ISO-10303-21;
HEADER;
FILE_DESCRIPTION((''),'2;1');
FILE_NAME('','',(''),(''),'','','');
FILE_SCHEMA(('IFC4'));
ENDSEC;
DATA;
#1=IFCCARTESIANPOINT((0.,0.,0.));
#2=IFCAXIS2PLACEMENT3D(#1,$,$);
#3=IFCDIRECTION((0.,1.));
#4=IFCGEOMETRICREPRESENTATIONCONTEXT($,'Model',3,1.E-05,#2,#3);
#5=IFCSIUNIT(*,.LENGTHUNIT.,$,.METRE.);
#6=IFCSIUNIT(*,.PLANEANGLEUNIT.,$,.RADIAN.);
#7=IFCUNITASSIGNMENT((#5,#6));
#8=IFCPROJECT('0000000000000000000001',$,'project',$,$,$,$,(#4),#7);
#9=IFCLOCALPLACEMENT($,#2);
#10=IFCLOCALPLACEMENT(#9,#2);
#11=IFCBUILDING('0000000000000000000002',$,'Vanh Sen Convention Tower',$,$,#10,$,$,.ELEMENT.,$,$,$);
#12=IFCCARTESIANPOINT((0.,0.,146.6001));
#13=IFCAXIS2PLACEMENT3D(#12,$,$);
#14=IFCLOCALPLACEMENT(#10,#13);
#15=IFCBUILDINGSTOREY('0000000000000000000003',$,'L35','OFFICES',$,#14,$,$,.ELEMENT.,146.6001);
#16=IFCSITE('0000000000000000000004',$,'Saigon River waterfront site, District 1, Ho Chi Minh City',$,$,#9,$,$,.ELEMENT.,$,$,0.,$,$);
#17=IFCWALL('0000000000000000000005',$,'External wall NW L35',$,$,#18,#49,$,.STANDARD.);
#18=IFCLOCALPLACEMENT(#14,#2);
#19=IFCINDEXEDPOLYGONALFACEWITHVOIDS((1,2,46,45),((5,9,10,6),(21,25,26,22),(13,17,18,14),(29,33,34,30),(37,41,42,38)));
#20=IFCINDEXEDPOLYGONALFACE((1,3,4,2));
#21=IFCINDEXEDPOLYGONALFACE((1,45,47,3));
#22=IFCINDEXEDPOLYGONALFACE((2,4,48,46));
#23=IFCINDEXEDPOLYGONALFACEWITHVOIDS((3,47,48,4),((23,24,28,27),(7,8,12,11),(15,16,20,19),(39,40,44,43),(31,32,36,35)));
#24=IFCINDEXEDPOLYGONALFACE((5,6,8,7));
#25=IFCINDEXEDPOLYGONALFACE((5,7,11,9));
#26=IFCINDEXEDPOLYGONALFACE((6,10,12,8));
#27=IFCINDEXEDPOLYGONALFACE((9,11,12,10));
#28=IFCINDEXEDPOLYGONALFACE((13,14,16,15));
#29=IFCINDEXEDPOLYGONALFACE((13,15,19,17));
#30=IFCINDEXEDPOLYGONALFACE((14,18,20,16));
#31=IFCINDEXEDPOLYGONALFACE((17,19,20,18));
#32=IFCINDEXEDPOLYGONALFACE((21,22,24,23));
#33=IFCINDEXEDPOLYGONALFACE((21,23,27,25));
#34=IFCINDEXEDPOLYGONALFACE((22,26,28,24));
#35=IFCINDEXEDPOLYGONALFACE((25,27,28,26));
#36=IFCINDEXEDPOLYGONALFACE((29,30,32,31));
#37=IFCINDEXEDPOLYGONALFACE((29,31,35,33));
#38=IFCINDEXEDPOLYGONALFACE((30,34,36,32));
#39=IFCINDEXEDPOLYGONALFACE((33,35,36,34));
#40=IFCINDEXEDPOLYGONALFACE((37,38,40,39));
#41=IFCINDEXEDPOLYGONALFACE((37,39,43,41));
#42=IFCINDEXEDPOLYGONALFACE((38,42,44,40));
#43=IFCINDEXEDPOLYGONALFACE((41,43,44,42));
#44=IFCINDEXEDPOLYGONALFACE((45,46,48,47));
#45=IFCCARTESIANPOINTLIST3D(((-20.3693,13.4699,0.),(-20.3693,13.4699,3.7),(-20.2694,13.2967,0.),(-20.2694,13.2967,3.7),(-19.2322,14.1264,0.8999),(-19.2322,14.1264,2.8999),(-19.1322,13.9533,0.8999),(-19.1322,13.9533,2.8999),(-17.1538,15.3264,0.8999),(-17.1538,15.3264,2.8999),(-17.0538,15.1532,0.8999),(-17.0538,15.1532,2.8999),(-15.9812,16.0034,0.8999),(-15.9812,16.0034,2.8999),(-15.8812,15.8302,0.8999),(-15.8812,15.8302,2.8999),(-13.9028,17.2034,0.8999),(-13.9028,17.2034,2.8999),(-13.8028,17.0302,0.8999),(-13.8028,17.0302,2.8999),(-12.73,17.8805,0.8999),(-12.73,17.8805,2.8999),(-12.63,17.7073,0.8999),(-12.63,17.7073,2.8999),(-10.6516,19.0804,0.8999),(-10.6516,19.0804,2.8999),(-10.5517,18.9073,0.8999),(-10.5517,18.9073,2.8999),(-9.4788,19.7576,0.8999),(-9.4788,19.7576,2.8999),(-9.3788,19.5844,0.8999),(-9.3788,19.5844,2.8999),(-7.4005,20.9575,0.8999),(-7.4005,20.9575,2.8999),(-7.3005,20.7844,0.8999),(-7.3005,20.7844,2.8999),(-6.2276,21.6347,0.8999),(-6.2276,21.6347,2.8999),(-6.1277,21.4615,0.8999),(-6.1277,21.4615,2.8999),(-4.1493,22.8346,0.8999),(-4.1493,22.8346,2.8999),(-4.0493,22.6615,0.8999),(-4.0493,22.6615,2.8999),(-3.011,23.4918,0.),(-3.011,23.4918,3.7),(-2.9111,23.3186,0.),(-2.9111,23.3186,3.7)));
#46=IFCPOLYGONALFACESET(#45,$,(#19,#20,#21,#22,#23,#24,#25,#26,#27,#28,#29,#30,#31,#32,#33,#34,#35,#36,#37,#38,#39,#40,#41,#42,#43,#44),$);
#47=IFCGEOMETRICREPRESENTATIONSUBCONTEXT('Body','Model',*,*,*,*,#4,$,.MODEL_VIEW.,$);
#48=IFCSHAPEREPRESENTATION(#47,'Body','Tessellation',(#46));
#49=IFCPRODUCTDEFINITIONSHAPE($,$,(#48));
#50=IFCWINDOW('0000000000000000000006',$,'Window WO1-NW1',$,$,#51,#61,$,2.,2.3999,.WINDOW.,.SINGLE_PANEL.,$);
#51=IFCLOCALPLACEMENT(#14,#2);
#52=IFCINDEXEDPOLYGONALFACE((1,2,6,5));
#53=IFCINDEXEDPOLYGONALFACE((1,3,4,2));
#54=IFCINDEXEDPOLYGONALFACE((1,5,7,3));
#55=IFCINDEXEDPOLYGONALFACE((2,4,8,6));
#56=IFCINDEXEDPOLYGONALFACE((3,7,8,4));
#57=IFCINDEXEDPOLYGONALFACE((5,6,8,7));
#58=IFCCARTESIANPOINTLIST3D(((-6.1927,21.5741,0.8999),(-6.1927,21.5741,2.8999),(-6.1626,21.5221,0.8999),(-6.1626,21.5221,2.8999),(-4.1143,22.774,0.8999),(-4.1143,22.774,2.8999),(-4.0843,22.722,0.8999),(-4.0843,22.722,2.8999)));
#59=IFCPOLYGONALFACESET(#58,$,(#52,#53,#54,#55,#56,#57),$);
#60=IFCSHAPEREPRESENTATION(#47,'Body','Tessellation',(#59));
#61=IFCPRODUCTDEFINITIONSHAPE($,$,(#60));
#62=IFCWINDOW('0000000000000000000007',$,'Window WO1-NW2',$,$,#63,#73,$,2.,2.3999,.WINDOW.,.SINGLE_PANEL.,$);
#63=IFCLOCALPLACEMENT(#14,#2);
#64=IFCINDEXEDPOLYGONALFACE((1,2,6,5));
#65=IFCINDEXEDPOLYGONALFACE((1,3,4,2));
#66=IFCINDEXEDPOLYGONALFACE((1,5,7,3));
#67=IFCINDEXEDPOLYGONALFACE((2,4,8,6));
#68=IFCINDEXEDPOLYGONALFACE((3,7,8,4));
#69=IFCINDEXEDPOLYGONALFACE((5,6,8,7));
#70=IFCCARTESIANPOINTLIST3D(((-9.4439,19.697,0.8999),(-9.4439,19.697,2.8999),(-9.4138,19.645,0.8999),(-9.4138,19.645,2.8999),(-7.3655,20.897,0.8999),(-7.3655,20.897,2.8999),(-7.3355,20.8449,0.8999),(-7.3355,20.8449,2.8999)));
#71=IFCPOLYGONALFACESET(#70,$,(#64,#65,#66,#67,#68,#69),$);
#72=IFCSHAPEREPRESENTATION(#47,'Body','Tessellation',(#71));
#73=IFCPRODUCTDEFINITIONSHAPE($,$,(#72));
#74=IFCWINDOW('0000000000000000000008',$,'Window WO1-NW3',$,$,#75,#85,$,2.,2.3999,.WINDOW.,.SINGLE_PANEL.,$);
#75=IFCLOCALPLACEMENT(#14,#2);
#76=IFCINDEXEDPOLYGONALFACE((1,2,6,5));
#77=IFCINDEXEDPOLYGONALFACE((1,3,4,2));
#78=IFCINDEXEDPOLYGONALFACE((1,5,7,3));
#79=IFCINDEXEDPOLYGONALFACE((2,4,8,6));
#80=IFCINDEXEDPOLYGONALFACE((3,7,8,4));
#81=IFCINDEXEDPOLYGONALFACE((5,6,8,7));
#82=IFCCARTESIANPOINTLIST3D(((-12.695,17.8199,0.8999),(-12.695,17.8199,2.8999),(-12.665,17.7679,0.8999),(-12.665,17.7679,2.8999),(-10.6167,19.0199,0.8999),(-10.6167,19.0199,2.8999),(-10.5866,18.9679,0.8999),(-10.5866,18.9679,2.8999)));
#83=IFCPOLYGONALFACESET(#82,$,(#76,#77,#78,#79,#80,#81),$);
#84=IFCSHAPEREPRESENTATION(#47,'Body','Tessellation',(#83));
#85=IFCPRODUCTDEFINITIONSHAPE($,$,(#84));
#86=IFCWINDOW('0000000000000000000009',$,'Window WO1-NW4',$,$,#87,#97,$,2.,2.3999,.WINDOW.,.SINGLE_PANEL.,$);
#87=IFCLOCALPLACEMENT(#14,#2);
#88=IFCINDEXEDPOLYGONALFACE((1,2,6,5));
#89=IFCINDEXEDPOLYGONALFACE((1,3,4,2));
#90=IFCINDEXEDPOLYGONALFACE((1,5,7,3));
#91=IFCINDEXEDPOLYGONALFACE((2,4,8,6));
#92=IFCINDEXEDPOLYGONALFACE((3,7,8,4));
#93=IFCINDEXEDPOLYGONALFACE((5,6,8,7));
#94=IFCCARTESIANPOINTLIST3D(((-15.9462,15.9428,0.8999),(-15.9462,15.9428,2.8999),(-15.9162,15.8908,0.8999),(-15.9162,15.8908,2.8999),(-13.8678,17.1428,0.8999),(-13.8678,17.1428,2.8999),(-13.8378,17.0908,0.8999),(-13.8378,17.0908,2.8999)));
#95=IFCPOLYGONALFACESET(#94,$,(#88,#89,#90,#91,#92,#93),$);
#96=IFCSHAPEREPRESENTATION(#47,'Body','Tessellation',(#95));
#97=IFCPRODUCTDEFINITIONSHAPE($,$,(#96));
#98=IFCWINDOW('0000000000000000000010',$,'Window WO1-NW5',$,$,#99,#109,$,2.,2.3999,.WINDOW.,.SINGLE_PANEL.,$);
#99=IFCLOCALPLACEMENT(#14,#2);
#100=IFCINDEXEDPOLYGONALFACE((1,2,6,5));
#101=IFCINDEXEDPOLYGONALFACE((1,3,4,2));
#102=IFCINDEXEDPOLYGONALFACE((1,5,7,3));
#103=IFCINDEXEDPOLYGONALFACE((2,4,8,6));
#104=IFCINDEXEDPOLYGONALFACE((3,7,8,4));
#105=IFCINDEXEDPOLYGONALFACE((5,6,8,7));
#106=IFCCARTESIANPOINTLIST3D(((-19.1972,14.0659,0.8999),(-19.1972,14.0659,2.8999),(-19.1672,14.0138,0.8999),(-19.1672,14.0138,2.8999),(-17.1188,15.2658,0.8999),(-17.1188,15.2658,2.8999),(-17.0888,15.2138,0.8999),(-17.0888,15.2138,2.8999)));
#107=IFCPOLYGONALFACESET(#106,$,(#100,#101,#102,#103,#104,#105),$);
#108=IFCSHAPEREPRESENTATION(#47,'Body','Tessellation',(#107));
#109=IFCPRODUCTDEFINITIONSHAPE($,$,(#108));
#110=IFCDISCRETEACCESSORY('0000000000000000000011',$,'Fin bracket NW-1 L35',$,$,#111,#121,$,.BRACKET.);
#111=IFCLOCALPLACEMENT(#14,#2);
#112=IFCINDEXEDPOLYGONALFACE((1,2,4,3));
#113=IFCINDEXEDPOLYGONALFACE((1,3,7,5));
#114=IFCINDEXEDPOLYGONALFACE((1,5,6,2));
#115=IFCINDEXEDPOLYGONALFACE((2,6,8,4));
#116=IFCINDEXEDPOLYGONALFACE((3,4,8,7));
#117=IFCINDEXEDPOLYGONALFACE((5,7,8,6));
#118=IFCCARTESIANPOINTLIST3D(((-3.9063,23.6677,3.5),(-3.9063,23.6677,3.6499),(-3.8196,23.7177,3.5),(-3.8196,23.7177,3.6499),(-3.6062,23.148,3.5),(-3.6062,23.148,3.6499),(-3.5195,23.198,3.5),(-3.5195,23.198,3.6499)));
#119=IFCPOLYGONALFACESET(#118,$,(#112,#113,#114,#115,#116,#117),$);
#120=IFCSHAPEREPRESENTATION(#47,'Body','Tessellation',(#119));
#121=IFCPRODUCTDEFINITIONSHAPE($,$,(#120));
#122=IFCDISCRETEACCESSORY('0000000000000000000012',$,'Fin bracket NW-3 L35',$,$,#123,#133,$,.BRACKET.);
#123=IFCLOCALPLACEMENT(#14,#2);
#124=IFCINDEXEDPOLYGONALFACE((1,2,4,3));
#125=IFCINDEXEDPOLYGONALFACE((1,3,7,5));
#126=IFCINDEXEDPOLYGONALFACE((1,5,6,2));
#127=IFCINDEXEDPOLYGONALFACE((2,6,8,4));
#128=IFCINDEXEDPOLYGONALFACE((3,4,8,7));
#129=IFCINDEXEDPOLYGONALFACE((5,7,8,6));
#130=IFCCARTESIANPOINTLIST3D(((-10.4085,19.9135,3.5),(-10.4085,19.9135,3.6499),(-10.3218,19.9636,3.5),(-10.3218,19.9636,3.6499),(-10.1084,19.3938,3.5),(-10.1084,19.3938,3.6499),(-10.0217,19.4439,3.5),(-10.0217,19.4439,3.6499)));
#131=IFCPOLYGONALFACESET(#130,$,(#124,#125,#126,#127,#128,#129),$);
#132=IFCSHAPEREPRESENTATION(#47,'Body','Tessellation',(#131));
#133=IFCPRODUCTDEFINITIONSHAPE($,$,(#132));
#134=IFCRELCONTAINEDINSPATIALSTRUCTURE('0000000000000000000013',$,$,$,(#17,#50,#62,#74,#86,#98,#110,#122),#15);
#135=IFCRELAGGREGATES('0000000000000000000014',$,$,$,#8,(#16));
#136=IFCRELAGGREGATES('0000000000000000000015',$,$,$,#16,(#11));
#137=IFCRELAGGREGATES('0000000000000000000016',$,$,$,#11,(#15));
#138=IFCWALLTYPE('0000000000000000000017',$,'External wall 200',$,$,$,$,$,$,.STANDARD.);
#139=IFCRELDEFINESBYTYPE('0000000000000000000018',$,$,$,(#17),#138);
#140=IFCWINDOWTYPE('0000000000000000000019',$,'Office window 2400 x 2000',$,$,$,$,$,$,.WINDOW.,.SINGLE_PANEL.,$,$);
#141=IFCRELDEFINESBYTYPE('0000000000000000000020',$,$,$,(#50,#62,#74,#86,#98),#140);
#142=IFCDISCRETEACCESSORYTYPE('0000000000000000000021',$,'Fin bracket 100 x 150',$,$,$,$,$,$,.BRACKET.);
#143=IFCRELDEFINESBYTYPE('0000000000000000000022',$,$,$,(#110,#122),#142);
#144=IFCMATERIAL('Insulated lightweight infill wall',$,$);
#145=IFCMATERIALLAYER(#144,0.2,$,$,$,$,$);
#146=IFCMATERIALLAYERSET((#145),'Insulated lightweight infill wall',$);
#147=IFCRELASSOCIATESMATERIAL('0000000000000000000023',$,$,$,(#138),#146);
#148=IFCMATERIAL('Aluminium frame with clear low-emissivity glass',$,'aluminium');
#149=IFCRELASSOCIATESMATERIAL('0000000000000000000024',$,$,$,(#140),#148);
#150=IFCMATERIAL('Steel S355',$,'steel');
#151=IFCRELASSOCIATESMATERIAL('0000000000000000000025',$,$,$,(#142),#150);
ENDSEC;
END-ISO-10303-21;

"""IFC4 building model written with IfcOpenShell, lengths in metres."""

from ifc_helpers import new_model, si_unit, direction, frame, frame_2d, origin, origin_2d, place, context, subcontext, project, spatial, rectangle, extrude, material, layer, layer_set, type_object, element, fill, save


model = new_model("IFC4")

# Units and contexts
model_context = context("Model", 3, precision=1e-05, world=origin(), true_north=direction((0.0, 1.0)))
body_context = subcontext(model_context, "Body", "Model", "MODEL_VIEW")
ifc_project = project(units=[si_unit("LENGTHUNIT", "METRE"), si_unit("PLANEANGLEUNIT", "RADIAN")], contexts=[model_context])

# Site, building, storey
site_placement = place(None, origin())
site = spatial("IfcSite", under=ifc_project, at=site_placement, Name="Saigon River waterfront site, District 1, Ho Chi Minh City", CompositionType="ELEMENT", RefElevation=0.0)
building_placement = place(site_placement, origin())
building = spatial("IfcBuilding", under=site, at=building_placement, Name="Vanh Sen Convention Tower", CompositionType="ELEMENT")
storey_placement = place(building_placement, frame((0.0, 0.0, 146.6001)))
storey = spatial("IfcBuildingStorey", under=building, at=storey_placement, Name="L35", Description="OFFICES", CompositionType="ELEMENT", Elevation=146.6001)

# Wall, openings, windows
ifc_material_1 = material(Name="Insulated lightweight infill wall")
ifc_layer_1 = layer(ifc_material_1, 0.2)
ifc_layer_set_1 = layer_set([ifc_layer_1], Name="Insulated lightweight infill wall")
wall_type_1 = type_object("IfcWallType", Name="External wall 200", PredefinedType="STANDARD", material=ifc_layer_set_1)
wall_1_placement = place(storey_placement, frame((-2.9609, 23.4053, 0.0), z_axis=(0.0, 0.0, 1.0), x_axis=(-0.866023, -0.500004, 0.0)))
wall_1 = element("IfcWall", 1, at=wall_1_placement, inside=storey, type_object=wall_type_1, Name="External wall NW L35", PredefinedType="STANDARD", context=body_context, shape_type="SweptSolid", body=[
    extrude(rectangle(XDim=20.0437, YDim=0.2, at=frame_2d((10.022, 0.0))), origin(), (0.0, 0.0, 1.0), 3.7),
])
opening_1_placement = place(wall_1_placement, frame((1.3145, 0.0, 0.8999)))
opening_1 = element("IfcOpeningElement", 2, at=opening_1_placement, cuts=wall_1, PredefinedType="OPENING", context=body_context, shape_type="SweptSolid", body=[
    extrude(rectangle(XDim=2.3999, YDim=2.0, at=frame_2d((1.2, 1.0))), frame((0.0, 0.1099, 0.0), z_axis=(0.0, -1.0, 0.0), x_axis=(1.0, 0.0, 0.0)), (0.0, 0.0, 1.0), 0.22),
])
opening_2_placement = place(wall_1_placement, frame((5.0686, 0.0, 0.8999)))
opening_2 = element("IfcOpeningElement", 3, at=opening_2_placement, cuts=wall_1, PredefinedType="OPENING", context=body_context, shape_type="SweptSolid", body=[
    extrude(rectangle(XDim=2.3999, YDim=2.0, at=frame_2d((1.2, 1.0))), frame((0.0, 0.1099, 0.0), z_axis=(0.0, -1.0, 0.0), x_axis=(1.0, 0.0, 0.0)), (0.0, 0.0, 1.0), 0.22),
])
opening_3_placement = place(wall_1_placement, frame((8.8228, 0.0, 0.8999)))
opening_3 = element("IfcOpeningElement", 4, at=opening_3_placement, cuts=wall_1, PredefinedType="OPENING", context=body_context, shape_type="SweptSolid", body=[
    extrude(rectangle(XDim=2.3999, YDim=2.0, at=frame_2d((1.2, 1.0))), frame((0.0, 0.1099, 0.0), z_axis=(0.0, -1.0, 0.0), x_axis=(1.0, 0.0, 0.0)), (0.0, 0.0, 1.0), 0.22),
])
opening_4_placement = place(wall_1_placement, frame((12.5769, 0.0, 0.8999)))
opening_4 = element("IfcOpeningElement", 5, at=opening_4_placement, cuts=wall_1, PredefinedType="OPENING", context=body_context, shape_type="SweptSolid", body=[
    extrude(rectangle(XDim=2.3999, YDim=2.0, at=frame_2d((1.2, 1.0))), frame((0.0, 0.1099, 0.0), z_axis=(0.0, -1.0, 0.0), x_axis=(1.0, 0.0, 0.0)), (0.0, 0.0, 1.0), 0.22),
])
opening_5_placement = place(wall_1_placement, frame((16.3308, 0.0, 0.8999)))
opening_5 = element("IfcOpeningElement", 6, at=opening_5_placement, cuts=wall_1, PredefinedType="OPENING", context=body_context, shape_type="SweptSolid", body=[
    extrude(rectangle(XDim=2.3999, YDim=2.0, at=frame_2d((1.2, 1.0))), frame((0.0, 0.1099, 0.0), z_axis=(0.0, -1.0, 0.0), x_axis=(1.0, 0.0, 0.0)), (0.0, 0.0, 1.0), 0.22),
])
ifc_material_2 = material(Name="Aluminium frame with clear low-emissivity glass", Category="aluminium")
window_type = type_object("IfcWindowType", Name="Office window 2400 x 2000", PartitioningType="SINGLE_PANEL", PredefinedType="WINDOW", material=ifc_material_2)
window_1_placement = place(opening_1_placement, origin())
window_1 = element("IfcWindow", 7, at=window_1_placement, inside=storey, type_object=window_type, Name="Window WO1-NW1", OverallHeight=2.0, OverallWidth=2.3999, PartitioningType="SINGLE_PANEL", PredefinedType="WINDOW", context=body_context, shape_type="SweptSolid", body=[
    extrude(rectangle(XDim=2.3999, YDim=2.0, at=frame_2d((1.2, 1.0))), frame((0.0, 0.03, 0.0), z_axis=(0.0, -1.0, 0.0), x_axis=(1.0, 0.0, 0.0)), (0.0, 0.0, 1.0), 0.0601),
])
fill(opening_1, window_1)
window_2_placement = place(opening_2_placement, origin())
window_2 = element("IfcWindow", 8, at=window_2_placement, inside=storey, type_object=window_type, Name="Window WO1-NW2", OverallHeight=2.0, OverallWidth=2.3999, PartitioningType="SINGLE_PANEL", PredefinedType="WINDOW", context=body_context, shape_type="SweptSolid", body=[
    extrude(rectangle(XDim=2.3999, YDim=2.0, at=frame_2d((1.2, 1.0))), frame((0.0, 0.03, 0.0), z_axis=(0.0, -1.0, 0.0), x_axis=(1.0, 0.0, 0.0)), (0.0, 0.0, 1.0), 0.0601),
])
fill(opening_2, window_2)
window_3_placement = place(opening_3_placement, origin())
window_3 = element("IfcWindow", 9, at=window_3_placement, inside=storey, type_object=window_type, Name="Window WO1-NW3", OverallHeight=2.0, OverallWidth=2.3999, PartitioningType="SINGLE_PANEL", PredefinedType="WINDOW", context=body_context, shape_type="SweptSolid", body=[
    extrude(rectangle(XDim=2.3999, YDim=2.0, at=frame_2d((1.2, 1.0))), frame((0.0, 0.03, 0.0), z_axis=(0.0, -1.0, 0.0), x_axis=(1.0, 0.0, 0.0)), (0.0, 0.0, 1.0), 0.0601),
])
fill(opening_3, window_3)
window_4_placement = place(opening_4_placement, origin())
window_4 = element("IfcWindow", 10, at=window_4_placement, inside=storey, type_object=window_type, Name="Window WO1-NW4", OverallHeight=2.0, OverallWidth=2.3999, PartitioningType="SINGLE_PANEL", PredefinedType="WINDOW", context=body_context, shape_type="SweptSolid", body=[
    extrude(rectangle(XDim=2.3999, YDim=2.0, at=frame_2d((1.2, 1.0))), frame((0.0, 0.03, 0.0), z_axis=(0.0, -1.0, 0.0), x_axis=(1.0, 0.0, 0.0)), (0.0, 0.0, 1.0), 0.0601),
])
fill(opening_4, window_4)
window_5_placement = place(opening_5_placement, origin())
window_5 = element("IfcWindow", 11, at=window_5_placement, inside=storey, type_object=window_type, Name="Window WO1-NW5", OverallHeight=2.0, OverallWidth=2.3999, PartitioningType="SINGLE_PANEL", PredefinedType="WINDOW", context=body_context, shape_type="SweptSolid", body=[
    extrude(rectangle(XDim=2.3999, YDim=2.0, at=frame_2d((1.2, 1.0))), frame((0.0, 0.03, 0.0), z_axis=(0.0, -1.0, 0.0), x_axis=(1.0, 0.0, 0.0)), (0.0, 0.0, 1.0), 0.0601),
])
fill(opening_5, window_5)

# Discrete accessories
ifc_material_3 = material(Name="Steel S355", Category="steel")
discrete_accessory_type = type_object("IfcDiscreteAccessoryType", Name="Fin bracket 100 x 150", PredefinedType="BRACKET", material=ifc_material_3)
for number, where, z_axis, x_axis, name in (
    (12, (-3.7129, 23.4329, 3.5), (0.0, 0.0, 1.0), (-0.5, 0.866025, 0.0), "Fin bracket NW-1 L35"),
    (13, (-10.2151, 19.6787, 3.5), (0.0, 0.0, 1.0), (-0.5, 0.866025, 0.0), "Fin bracket NW-3 L35"),
):
    element("IfcDiscreteAccessory", number, at=place(storey_placement, frame(where, z_axis=z_axis, x_axis=x_axis)), inside=storey, type_object=discrete_accessory_type, Name=name, PredefinedType="BRACKET", context=body_context, shape_type="SweptSolid", body=[
        extrude(rectangle(XDim=0.6001, YDim=0.1001, at=origin_2d()), origin(), (0.0, 0.0, 1.0), 0.1499),
    ])

save(model, "model.ifc")
